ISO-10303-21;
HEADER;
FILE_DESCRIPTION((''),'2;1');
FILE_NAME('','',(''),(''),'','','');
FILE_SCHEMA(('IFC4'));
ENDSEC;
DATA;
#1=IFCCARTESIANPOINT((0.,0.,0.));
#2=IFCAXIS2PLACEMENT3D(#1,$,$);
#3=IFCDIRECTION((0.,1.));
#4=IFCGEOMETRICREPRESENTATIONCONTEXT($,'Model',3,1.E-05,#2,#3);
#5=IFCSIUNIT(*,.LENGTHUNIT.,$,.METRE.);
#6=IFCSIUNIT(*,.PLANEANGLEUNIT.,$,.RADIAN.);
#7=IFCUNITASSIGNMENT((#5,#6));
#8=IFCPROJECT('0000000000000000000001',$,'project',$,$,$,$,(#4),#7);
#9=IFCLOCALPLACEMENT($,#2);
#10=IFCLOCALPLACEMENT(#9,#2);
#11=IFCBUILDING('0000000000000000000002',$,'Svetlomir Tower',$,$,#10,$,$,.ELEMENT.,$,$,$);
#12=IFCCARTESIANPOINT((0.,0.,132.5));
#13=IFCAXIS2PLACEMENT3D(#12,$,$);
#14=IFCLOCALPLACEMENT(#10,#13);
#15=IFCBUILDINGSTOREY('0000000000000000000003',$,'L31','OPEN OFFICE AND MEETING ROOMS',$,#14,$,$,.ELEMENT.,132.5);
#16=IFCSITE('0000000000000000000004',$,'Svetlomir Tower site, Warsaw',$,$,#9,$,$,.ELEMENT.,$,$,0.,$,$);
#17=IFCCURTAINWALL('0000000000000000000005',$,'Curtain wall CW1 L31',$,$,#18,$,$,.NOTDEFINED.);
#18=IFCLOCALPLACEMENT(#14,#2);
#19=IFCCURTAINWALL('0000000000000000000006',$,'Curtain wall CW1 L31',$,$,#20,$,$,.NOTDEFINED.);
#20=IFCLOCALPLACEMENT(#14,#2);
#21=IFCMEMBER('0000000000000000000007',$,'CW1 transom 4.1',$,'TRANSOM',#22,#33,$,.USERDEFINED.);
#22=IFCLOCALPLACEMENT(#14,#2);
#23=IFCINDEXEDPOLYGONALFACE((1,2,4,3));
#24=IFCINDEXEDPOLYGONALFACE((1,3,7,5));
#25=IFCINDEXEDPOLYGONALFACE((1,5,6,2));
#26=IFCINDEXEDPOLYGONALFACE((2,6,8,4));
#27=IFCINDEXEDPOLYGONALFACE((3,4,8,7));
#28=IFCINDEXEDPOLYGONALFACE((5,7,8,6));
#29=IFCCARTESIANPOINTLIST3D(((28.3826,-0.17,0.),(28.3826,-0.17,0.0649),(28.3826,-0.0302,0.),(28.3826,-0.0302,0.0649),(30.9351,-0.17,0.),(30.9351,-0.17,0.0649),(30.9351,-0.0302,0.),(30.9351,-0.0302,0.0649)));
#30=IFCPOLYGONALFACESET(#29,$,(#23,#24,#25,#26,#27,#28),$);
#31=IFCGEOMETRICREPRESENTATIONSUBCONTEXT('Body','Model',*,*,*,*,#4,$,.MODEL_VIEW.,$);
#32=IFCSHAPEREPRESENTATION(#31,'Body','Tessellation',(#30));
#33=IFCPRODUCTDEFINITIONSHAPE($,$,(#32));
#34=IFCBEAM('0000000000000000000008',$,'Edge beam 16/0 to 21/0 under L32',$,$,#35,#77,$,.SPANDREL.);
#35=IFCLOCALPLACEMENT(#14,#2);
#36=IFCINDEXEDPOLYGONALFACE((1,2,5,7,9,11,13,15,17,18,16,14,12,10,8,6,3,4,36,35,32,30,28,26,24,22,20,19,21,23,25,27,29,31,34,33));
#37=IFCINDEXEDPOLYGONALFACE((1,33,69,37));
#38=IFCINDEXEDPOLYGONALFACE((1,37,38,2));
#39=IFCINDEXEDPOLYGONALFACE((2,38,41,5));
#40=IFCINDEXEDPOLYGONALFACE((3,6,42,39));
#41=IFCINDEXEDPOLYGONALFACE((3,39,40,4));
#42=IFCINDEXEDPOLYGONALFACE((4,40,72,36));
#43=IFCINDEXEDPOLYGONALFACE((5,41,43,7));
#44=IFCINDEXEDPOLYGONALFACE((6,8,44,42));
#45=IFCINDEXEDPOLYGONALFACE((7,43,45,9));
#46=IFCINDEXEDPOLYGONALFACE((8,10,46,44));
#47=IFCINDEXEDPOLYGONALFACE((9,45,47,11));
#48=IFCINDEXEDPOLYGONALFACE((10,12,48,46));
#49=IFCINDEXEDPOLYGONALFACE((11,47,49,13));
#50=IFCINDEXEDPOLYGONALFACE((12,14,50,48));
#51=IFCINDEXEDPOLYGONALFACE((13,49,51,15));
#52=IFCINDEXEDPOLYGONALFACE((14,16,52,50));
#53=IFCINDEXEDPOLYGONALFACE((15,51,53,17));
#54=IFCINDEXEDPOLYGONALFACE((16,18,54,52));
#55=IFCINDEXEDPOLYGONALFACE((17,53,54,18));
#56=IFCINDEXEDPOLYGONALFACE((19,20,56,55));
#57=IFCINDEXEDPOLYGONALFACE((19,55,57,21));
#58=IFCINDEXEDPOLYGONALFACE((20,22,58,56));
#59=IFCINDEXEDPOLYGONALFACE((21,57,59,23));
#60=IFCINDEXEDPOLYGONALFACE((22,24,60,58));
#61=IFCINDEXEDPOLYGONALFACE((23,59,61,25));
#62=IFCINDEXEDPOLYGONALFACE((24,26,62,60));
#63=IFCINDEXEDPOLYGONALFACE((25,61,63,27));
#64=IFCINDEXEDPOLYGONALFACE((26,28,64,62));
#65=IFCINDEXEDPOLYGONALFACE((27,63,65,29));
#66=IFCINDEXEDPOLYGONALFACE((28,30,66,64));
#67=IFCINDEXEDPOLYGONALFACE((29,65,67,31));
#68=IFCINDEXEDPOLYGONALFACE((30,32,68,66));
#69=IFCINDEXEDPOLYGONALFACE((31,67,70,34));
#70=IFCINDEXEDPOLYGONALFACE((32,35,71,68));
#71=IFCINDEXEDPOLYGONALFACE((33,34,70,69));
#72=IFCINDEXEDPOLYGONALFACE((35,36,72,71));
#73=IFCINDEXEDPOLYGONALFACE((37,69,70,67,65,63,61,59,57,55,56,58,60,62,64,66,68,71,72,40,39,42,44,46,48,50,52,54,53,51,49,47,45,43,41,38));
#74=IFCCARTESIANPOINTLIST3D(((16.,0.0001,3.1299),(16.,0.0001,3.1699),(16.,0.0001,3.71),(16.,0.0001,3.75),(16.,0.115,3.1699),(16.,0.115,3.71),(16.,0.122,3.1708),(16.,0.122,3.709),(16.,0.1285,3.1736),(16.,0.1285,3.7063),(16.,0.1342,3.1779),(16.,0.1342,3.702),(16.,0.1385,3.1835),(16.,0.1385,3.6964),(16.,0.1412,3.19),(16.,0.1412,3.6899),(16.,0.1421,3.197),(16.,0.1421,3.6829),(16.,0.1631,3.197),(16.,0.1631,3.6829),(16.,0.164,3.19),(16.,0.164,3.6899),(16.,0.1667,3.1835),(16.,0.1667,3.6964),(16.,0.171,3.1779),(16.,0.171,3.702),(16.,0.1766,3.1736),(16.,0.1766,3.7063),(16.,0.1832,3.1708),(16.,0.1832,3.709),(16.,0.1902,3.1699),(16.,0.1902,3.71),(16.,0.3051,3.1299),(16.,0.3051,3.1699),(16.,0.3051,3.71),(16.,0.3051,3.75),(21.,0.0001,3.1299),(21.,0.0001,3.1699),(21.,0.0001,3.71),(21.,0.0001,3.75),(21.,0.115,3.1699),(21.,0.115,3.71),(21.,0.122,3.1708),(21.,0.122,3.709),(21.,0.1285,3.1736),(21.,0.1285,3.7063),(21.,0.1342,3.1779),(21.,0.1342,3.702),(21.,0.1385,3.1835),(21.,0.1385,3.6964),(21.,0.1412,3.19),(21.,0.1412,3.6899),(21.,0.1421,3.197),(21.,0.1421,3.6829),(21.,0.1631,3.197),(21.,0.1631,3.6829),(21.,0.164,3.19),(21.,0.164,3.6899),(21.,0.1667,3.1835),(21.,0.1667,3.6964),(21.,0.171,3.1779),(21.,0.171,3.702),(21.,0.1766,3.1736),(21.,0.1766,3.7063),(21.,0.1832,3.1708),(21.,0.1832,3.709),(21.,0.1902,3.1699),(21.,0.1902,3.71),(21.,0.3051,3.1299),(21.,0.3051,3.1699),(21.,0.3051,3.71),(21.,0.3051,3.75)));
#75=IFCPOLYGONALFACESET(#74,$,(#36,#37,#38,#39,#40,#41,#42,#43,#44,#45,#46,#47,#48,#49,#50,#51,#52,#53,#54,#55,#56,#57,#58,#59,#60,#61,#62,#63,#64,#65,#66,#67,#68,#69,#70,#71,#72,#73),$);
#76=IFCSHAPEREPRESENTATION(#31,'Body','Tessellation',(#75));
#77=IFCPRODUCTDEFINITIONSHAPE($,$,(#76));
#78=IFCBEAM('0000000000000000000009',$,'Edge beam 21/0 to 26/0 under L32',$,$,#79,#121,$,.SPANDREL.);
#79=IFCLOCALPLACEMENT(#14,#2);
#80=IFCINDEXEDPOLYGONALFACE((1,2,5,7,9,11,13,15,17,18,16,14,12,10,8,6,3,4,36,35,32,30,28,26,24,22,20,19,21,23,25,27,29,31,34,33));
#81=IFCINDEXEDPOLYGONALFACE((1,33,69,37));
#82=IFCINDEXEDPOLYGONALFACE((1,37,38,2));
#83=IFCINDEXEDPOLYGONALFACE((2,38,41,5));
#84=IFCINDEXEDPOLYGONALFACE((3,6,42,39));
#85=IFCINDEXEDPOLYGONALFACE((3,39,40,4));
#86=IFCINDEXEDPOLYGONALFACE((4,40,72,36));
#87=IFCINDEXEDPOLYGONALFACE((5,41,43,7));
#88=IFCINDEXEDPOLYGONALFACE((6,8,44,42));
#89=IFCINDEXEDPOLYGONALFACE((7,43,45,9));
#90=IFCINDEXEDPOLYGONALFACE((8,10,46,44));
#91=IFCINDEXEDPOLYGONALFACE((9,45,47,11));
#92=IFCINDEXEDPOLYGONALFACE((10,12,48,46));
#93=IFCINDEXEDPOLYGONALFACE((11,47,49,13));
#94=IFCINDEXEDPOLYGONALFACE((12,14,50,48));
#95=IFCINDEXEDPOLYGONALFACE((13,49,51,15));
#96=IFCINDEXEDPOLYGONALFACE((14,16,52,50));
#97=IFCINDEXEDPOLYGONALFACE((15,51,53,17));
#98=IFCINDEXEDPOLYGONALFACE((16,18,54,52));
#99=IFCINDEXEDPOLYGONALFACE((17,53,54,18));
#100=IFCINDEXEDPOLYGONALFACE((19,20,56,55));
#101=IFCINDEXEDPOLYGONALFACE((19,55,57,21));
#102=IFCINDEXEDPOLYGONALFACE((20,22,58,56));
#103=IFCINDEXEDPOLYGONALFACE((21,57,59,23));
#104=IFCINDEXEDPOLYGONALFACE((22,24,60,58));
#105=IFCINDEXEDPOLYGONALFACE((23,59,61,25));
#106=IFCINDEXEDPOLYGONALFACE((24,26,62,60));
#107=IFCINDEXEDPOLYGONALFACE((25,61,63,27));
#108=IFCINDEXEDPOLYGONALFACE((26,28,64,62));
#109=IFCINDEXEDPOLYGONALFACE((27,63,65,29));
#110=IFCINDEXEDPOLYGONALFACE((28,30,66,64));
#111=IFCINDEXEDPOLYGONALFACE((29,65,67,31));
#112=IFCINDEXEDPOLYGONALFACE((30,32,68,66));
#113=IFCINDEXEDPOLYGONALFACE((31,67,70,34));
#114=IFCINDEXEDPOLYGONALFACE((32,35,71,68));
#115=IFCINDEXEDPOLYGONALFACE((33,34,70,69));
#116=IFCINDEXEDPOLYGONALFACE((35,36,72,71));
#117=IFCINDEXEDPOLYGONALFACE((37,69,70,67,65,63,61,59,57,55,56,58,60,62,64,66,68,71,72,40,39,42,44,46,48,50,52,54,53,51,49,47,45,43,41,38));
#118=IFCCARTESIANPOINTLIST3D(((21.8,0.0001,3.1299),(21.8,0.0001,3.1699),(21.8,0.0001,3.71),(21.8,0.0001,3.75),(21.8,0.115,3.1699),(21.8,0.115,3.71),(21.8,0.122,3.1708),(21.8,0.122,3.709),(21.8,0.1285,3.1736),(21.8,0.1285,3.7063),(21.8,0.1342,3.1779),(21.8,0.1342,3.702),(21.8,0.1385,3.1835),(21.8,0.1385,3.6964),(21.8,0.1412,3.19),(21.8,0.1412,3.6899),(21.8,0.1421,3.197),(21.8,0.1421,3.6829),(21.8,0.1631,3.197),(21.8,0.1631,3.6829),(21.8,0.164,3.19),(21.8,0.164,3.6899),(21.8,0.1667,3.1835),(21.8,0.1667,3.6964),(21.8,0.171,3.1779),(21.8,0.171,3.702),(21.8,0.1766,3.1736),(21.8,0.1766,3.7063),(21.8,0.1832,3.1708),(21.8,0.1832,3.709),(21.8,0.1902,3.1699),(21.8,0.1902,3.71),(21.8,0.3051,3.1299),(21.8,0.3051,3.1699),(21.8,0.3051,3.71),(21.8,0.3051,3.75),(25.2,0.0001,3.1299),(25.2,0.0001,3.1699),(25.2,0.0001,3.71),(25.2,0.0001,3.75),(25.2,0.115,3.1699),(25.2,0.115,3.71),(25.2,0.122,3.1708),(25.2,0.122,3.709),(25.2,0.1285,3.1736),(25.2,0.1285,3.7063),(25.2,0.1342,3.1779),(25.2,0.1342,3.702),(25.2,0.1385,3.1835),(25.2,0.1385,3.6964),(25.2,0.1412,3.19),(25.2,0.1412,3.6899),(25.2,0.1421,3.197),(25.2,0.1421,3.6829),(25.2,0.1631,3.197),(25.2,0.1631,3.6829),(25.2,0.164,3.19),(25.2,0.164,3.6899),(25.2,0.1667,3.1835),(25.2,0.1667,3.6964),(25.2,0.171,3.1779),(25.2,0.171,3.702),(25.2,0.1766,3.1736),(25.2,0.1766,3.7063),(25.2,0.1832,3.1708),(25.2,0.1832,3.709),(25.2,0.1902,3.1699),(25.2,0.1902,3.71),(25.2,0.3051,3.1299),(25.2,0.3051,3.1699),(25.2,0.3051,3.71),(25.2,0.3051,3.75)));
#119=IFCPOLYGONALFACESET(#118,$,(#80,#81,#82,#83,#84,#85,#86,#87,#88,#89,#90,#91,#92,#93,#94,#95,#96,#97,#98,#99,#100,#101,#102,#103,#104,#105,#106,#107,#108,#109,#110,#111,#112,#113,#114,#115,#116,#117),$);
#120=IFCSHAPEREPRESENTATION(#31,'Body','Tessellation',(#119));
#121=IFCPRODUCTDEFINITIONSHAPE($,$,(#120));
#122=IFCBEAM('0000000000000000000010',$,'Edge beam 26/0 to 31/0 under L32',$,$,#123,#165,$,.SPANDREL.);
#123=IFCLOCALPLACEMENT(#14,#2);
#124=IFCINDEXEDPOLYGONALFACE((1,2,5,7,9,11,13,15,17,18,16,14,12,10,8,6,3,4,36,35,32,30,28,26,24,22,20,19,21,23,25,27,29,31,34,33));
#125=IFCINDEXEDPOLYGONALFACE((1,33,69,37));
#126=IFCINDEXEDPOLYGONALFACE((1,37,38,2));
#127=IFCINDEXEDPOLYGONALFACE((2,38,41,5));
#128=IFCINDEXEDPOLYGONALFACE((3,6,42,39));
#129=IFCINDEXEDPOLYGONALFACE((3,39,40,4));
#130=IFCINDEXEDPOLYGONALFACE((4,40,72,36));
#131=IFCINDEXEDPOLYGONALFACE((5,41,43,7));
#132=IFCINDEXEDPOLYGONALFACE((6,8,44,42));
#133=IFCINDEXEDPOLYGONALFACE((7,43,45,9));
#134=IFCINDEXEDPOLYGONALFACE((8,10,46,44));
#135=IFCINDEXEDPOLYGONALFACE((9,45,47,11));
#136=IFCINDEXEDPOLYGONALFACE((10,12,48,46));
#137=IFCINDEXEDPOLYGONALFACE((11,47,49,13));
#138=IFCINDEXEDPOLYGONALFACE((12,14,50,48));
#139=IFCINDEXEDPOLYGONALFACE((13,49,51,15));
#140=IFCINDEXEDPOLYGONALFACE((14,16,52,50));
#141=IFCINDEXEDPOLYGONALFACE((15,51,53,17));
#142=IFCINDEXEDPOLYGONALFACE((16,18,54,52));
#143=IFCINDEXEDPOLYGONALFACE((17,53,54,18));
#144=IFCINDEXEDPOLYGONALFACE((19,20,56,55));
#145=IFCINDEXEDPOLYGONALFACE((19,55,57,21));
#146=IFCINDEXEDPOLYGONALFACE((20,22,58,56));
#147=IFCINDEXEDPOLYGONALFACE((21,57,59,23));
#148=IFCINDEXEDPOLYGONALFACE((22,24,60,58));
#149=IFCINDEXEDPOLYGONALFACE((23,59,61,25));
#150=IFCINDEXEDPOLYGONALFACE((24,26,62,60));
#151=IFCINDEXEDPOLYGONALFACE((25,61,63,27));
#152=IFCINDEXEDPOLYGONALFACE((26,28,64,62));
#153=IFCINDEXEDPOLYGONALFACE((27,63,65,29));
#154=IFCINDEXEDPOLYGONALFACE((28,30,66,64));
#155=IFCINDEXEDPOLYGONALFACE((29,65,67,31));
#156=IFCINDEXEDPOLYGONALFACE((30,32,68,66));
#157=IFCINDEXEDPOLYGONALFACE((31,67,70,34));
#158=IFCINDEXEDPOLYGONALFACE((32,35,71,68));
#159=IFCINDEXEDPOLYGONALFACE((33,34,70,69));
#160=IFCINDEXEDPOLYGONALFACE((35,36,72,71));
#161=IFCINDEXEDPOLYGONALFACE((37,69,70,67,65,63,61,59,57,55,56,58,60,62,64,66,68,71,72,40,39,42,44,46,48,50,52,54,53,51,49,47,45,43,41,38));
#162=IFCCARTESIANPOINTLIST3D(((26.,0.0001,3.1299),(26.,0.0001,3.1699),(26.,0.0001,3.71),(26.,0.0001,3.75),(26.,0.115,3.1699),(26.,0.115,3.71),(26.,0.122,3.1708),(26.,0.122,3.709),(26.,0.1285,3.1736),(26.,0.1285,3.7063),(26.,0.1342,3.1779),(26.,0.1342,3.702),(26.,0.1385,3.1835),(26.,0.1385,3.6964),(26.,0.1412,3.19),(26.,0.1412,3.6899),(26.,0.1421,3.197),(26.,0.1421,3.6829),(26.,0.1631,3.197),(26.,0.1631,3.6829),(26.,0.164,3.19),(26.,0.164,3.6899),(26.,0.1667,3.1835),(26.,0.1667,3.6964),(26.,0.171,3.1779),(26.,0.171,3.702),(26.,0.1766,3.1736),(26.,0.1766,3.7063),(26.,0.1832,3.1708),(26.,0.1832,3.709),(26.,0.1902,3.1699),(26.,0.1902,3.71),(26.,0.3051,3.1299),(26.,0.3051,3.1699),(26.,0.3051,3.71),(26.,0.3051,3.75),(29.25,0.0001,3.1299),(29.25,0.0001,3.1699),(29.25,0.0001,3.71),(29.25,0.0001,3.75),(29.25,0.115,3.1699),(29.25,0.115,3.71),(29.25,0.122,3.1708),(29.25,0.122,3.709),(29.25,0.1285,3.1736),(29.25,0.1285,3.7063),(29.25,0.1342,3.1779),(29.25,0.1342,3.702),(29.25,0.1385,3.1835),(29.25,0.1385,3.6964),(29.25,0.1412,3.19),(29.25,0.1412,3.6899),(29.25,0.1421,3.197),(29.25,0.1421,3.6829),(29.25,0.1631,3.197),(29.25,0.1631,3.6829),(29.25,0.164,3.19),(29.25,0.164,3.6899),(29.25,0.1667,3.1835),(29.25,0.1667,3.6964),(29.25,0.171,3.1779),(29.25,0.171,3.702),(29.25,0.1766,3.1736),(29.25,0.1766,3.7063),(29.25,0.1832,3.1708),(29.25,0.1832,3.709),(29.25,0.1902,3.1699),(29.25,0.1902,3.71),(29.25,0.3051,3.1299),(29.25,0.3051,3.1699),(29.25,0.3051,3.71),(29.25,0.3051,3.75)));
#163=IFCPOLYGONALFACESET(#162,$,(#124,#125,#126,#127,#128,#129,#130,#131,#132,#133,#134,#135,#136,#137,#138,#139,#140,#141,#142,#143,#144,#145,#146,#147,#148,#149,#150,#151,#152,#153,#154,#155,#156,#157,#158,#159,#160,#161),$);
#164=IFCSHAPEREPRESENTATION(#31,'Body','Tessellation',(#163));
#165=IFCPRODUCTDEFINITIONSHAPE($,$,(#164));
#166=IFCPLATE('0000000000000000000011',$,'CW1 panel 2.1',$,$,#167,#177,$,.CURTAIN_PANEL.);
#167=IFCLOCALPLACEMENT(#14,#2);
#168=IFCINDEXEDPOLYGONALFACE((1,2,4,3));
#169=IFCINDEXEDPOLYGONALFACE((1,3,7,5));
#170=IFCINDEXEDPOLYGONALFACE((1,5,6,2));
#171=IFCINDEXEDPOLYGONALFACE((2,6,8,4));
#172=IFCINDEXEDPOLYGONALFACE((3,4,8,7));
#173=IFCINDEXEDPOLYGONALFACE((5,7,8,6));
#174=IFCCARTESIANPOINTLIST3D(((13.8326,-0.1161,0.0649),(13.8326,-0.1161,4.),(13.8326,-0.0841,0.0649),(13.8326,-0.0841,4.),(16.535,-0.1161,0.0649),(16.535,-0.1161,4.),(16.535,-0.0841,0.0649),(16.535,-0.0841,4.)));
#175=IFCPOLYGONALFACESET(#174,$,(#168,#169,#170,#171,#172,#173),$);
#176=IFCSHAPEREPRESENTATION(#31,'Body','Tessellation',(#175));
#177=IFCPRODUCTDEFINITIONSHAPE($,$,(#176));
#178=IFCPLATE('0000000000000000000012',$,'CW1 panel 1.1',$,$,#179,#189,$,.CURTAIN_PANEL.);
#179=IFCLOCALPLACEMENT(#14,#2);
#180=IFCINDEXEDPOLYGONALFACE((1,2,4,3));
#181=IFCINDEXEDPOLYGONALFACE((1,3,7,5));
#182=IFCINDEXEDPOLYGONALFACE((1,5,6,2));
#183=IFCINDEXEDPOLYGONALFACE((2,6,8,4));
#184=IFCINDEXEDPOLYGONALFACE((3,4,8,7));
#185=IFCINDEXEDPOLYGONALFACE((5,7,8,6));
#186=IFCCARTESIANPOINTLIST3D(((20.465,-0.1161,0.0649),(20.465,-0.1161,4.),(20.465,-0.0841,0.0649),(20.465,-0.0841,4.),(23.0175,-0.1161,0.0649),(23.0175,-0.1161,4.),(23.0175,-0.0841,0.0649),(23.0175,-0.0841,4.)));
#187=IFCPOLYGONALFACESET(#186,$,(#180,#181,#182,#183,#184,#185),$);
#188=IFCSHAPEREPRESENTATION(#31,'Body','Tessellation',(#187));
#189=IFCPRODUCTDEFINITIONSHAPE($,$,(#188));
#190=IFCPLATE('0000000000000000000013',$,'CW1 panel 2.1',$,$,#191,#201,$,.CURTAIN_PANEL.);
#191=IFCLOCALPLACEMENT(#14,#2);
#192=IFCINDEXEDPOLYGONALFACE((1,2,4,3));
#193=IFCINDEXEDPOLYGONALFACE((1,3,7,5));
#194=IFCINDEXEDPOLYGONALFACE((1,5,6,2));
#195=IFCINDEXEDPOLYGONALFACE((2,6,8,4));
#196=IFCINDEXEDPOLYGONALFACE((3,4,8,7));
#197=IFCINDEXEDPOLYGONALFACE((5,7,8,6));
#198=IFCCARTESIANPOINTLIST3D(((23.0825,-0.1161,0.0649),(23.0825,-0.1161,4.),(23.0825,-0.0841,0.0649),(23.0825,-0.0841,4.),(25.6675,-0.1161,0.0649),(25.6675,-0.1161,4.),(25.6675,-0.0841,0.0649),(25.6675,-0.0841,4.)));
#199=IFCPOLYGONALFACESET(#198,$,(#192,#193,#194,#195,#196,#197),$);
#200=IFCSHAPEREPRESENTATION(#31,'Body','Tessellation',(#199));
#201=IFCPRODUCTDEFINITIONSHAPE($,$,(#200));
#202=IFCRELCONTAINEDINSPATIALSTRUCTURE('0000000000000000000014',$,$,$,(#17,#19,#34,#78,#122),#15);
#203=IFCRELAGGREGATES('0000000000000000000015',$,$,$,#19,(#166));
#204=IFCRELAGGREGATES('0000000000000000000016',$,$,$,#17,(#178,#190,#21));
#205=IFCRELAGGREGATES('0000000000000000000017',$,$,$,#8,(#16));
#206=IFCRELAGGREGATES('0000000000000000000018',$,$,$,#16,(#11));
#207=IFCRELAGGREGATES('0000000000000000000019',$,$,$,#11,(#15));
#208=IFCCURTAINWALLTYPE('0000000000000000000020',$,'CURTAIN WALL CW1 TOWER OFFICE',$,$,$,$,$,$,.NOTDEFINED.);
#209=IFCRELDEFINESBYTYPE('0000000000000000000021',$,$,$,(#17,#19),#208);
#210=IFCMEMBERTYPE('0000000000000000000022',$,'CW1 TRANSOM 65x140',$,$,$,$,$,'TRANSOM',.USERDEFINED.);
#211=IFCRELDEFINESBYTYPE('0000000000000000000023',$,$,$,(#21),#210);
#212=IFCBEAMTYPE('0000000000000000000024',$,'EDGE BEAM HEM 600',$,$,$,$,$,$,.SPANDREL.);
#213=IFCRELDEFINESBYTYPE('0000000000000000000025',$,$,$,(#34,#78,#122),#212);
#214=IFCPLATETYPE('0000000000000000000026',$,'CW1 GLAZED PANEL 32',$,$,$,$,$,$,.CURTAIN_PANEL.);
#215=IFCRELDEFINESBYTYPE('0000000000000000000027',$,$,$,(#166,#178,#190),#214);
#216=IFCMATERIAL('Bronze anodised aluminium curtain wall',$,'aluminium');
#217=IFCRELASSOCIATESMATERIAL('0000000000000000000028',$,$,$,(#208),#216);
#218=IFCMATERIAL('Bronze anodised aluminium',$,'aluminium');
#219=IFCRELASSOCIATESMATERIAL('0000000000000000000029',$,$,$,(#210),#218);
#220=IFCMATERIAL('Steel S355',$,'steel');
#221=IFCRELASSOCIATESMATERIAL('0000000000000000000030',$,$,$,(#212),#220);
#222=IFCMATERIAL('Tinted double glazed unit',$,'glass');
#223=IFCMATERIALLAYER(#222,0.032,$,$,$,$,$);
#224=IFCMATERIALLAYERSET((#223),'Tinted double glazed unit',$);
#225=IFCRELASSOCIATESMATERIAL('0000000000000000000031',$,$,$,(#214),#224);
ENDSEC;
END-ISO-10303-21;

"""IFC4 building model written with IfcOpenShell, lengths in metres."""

from ifc_helpers import new_model, si_unit, direction, frame, origin, origin_2d, place, context, subcontext, project, spatial, rectangle, i_section, extrude, material, layer, layer_set, material_profile, profile_set, type_object, element, aggregate, save


model = new_model("IFC4")

# Units and contexts
model_context = context("Model", 3, precision=1e-05, world=origin(), true_north=direction((0.0, 1.0)))
body_context = subcontext(model_context, "Body", "Model", "MODEL_VIEW")
ifc_project = project(units=[si_unit("LENGTHUNIT", "METRE"), si_unit("PLANEANGLEUNIT", "RADIAN")], contexts=[model_context])

# Site, building, storey
site_placement = place(None, origin())
site = spatial("IfcSite", under=ifc_project, at=site_placement, Name="Svetlomir Tower site, Warsaw", CompositionType="ELEMENT", RefElevation=0.0)
building_placement = place(site_placement, origin())
building = spatial("IfcBuilding", under=site, at=building_placement, Name="Svetlomir Tower", CompositionType="ELEMENT")
storey_placement = place(building_placement, frame((0.0, 0.0, 132.5)))
storey = spatial("IfcBuildingStorey", under=building, at=storey_placement, Name="L31", Description="OPEN OFFICE AND MEETING ROOMS", CompositionType="ELEMENT", Elevation=132.5)

# Curtain wall
ifc_material_1 = material(Name="Bronze anodised aluminium curtain wall", Category="aluminium")
curtain_wall_type = type_object("IfcCurtainWallType", Name="CURTAIN WALL CW1 TOWER OFFICE", PredefinedType="NOTDEFINED", material=ifc_material_1)
curtain_wall_1_placement = place(storey_placement, origin())
curtain_wall_1 = element("IfcCurtainWall", 1, at=curtain_wall_1_placement, inside=storey, type_object=curtain_wall_type, Name="Curtain wall CW1 L31", PredefinedType="NOTDEFINED")

# Curtain wall
curtain_wall_2_placement = place(storey_placement, origin())
curtain_wall_2 = element("IfcCurtainWall", 2, at=curtain_wall_2_placement, inside=storey, type_object=curtain_wall_type, Name="Curtain wall CW1 L31", PredefinedType="NOTDEFINED")

# Member
ifc_material_2 = material(Name="Bronze anodised aluminium", Category="aluminium")
ifc_material_profile_1 = material_profile(ifc_material_2, rectangle(XDim=0.1399, YDim=0.0649, at=origin_2d()), Name="AL 140x65")
ifc_profile_set_1 = profile_set([ifc_material_profile_1], Name="Bronze anodised aluminium 6063-T6")
member_type_1 = type_object("IfcMemberType", Name="CW1 TRANSOM 65x140", ElementType="TRANSOM", PredefinedType="USERDEFINED", material=ifc_profile_set_1)
member_1_placement = place(storey_placement, frame((28.3826, -0.1001, 0.0325), z_axis=(1.0, 0.0, 0.0), x_axis=(0.0, 1.0, 0.0)))
member_1 = element("IfcMember", 3, at=member_1_placement, type_object=member_type_1, Name="CW1 transom 4.1", ObjectType="TRANSOM", PredefinedType="USERDEFINED", context=body_context, shape_type="SweptSolid", body=[
    extrude(rectangle(XDim=0.1399, YDim=0.0649, at=origin_2d()), origin(), (0.0, 0.0, 1.0), 2.5525),
])

# Beams
ifc_material_3 = material(Name="Steel S355", Category="steel")
ifc_material_profile_2 = material_profile(ifc_material_3, i_section(OverallWidth=0.3049, OverallDepth=0.6201, WebThickness=0.021, FlangeThickness=0.04, FilletRadius=0.0271, at=origin_2d()), Name="HEM 600")
ifc_profile_set_2 = profile_set([ifc_material_profile_2], Name="Steel S355")
beam_type_1 = type_object("IfcBeamType", Name="EDGE BEAM HEM 600", PredefinedType="SPANDREL", material=ifc_profile_set_2)
beam_1_placement = place(storey_placement, frame((16.0, 0.1526, 3.4399), z_axis=(1.0, 0.0, 0.0), x_axis=(0.0, 1.0, 0.0)))
element("IfcBeam", 4, at=beam_1_placement, inside=storey, type_object=beam_type_1, Name="Edge beam 16/0 to 21/0 under L32", PredefinedType="SPANDREL", context=body_context, shape_type="SweptSolid", body=[
    extrude(i_section(OverallWidth=0.3049, OverallDepth=0.6201, WebThickness=0.021, FlangeThickness=0.04, FilletRadius=0.0271, at=origin_2d()), origin(), (0.0, 0.0, 1.0), 5.0),
])
beam_2_placement = place(storey_placement, frame((21.8, 0.1526, 3.4399), z_axis=(1.0, 0.0, 0.0), x_axis=(0.0, 1.0, 0.0)))
element("IfcBeam", 5, at=beam_2_placement, inside=storey, type_object=beam_type_1, Name="Edge beam 21/0 to 26/0 under L32", PredefinedType="SPANDREL", context=body_context, shape_type="SweptSolid", body=[
    extrude(i_section(OverallWidth=0.3049, OverallDepth=0.6201, WebThickness=0.021, FlangeThickness=0.04, FilletRadius=0.0271, at=origin_2d()), origin(), (0.0, 0.0, 1.0), 3.3999),
])
beam_3_placement = place(storey_placement, frame((26.0, 0.1526, 3.4399), z_axis=(1.0, 0.0, 0.0), x_axis=(0.0, 1.0, 0.0)))
element("IfcBeam", 6, at=beam_3_placement, inside=storey, type_object=beam_type_1, Name="Edge beam 26/0 to 31/0 under L32", PredefinedType="SPANDREL", context=body_context, shape_type="SweptSolid", body=[
    extrude(i_section(OverallWidth=0.3049, OverallDepth=0.6201, WebThickness=0.021, FlangeThickness=0.04, FilletRadius=0.0271, at=origin_2d()), origin(), (0.0, 0.0, 1.0), 3.25),
])

# Plates
ifc_material_4 = material(Name="Tinted double glazed unit", Category="glass")
ifc_layer_1 = layer(ifc_material_4, 0.032)
ifc_layer_set_1 = layer_set([ifc_layer_1], Name="Tinted double glazed unit")
plate_type = type_object("IfcPlateType", Name="CW1 GLAZED PANEL 32", PredefinedType="CURTAIN_PANEL", material=ifc_layer_set_1)
plate_1_placement = place(storey_placement, frame((15.1838, -0.1001, 0.0649), z_axis=(0.0, 0.0, 1.0), x_axis=(1.0, 0.0, 0.0)))
plate_1 = element("IfcPlate", 7, at=plate_1_placement, type_object=plate_type, Name="CW1 panel 2.1", PredefinedType="CURTAIN_PANEL", context=body_context, shape_type="SweptSolid", body=[
    extrude(rectangle(XDim=2.7024, YDim=0.032, at=origin_2d()), origin(), (0.0, 0.0, 1.0), 3.9351),
])
aggregate(curtain_wall_2, [plate_1])
plate_2_placement = place(storey_placement, frame((21.7412, -0.1001, 0.0649), z_axis=(0.0, 0.0, 1.0), x_axis=(1.0, 0.0, 0.0)))
plate_2 = element("IfcPlate", 8, at=plate_2_placement, type_object=plate_type, Name="CW1 panel 1.1", PredefinedType="CURTAIN_PANEL", context=body_context, shape_type="SweptSolid", body=[
    extrude(rectangle(XDim=2.5525, YDim=0.032, at=origin_2d()), origin(), (0.0, 0.0, 1.0), 3.9351),
])
plate_3_placement = place(storey_placement, frame((24.375, -0.1001, 0.0649), z_axis=(0.0, 0.0, 1.0), x_axis=(1.0, 0.0, 0.0)))
plate_3 = element("IfcPlate", 9, at=plate_3_placement, type_object=plate_type, Name="CW1 panel 2.1", PredefinedType="CURTAIN_PANEL", context=body_context, shape_type="SweptSolid", body=[
    extrude(rectangle(XDim=2.585, YDim=0.032, at=origin_2d()), origin(), (0.0, 0.0, 1.0), 3.9351),
])
aggregate(curtain_wall_1, [plate_2, plate_3, member_1])

save(model, "model.ifc")
